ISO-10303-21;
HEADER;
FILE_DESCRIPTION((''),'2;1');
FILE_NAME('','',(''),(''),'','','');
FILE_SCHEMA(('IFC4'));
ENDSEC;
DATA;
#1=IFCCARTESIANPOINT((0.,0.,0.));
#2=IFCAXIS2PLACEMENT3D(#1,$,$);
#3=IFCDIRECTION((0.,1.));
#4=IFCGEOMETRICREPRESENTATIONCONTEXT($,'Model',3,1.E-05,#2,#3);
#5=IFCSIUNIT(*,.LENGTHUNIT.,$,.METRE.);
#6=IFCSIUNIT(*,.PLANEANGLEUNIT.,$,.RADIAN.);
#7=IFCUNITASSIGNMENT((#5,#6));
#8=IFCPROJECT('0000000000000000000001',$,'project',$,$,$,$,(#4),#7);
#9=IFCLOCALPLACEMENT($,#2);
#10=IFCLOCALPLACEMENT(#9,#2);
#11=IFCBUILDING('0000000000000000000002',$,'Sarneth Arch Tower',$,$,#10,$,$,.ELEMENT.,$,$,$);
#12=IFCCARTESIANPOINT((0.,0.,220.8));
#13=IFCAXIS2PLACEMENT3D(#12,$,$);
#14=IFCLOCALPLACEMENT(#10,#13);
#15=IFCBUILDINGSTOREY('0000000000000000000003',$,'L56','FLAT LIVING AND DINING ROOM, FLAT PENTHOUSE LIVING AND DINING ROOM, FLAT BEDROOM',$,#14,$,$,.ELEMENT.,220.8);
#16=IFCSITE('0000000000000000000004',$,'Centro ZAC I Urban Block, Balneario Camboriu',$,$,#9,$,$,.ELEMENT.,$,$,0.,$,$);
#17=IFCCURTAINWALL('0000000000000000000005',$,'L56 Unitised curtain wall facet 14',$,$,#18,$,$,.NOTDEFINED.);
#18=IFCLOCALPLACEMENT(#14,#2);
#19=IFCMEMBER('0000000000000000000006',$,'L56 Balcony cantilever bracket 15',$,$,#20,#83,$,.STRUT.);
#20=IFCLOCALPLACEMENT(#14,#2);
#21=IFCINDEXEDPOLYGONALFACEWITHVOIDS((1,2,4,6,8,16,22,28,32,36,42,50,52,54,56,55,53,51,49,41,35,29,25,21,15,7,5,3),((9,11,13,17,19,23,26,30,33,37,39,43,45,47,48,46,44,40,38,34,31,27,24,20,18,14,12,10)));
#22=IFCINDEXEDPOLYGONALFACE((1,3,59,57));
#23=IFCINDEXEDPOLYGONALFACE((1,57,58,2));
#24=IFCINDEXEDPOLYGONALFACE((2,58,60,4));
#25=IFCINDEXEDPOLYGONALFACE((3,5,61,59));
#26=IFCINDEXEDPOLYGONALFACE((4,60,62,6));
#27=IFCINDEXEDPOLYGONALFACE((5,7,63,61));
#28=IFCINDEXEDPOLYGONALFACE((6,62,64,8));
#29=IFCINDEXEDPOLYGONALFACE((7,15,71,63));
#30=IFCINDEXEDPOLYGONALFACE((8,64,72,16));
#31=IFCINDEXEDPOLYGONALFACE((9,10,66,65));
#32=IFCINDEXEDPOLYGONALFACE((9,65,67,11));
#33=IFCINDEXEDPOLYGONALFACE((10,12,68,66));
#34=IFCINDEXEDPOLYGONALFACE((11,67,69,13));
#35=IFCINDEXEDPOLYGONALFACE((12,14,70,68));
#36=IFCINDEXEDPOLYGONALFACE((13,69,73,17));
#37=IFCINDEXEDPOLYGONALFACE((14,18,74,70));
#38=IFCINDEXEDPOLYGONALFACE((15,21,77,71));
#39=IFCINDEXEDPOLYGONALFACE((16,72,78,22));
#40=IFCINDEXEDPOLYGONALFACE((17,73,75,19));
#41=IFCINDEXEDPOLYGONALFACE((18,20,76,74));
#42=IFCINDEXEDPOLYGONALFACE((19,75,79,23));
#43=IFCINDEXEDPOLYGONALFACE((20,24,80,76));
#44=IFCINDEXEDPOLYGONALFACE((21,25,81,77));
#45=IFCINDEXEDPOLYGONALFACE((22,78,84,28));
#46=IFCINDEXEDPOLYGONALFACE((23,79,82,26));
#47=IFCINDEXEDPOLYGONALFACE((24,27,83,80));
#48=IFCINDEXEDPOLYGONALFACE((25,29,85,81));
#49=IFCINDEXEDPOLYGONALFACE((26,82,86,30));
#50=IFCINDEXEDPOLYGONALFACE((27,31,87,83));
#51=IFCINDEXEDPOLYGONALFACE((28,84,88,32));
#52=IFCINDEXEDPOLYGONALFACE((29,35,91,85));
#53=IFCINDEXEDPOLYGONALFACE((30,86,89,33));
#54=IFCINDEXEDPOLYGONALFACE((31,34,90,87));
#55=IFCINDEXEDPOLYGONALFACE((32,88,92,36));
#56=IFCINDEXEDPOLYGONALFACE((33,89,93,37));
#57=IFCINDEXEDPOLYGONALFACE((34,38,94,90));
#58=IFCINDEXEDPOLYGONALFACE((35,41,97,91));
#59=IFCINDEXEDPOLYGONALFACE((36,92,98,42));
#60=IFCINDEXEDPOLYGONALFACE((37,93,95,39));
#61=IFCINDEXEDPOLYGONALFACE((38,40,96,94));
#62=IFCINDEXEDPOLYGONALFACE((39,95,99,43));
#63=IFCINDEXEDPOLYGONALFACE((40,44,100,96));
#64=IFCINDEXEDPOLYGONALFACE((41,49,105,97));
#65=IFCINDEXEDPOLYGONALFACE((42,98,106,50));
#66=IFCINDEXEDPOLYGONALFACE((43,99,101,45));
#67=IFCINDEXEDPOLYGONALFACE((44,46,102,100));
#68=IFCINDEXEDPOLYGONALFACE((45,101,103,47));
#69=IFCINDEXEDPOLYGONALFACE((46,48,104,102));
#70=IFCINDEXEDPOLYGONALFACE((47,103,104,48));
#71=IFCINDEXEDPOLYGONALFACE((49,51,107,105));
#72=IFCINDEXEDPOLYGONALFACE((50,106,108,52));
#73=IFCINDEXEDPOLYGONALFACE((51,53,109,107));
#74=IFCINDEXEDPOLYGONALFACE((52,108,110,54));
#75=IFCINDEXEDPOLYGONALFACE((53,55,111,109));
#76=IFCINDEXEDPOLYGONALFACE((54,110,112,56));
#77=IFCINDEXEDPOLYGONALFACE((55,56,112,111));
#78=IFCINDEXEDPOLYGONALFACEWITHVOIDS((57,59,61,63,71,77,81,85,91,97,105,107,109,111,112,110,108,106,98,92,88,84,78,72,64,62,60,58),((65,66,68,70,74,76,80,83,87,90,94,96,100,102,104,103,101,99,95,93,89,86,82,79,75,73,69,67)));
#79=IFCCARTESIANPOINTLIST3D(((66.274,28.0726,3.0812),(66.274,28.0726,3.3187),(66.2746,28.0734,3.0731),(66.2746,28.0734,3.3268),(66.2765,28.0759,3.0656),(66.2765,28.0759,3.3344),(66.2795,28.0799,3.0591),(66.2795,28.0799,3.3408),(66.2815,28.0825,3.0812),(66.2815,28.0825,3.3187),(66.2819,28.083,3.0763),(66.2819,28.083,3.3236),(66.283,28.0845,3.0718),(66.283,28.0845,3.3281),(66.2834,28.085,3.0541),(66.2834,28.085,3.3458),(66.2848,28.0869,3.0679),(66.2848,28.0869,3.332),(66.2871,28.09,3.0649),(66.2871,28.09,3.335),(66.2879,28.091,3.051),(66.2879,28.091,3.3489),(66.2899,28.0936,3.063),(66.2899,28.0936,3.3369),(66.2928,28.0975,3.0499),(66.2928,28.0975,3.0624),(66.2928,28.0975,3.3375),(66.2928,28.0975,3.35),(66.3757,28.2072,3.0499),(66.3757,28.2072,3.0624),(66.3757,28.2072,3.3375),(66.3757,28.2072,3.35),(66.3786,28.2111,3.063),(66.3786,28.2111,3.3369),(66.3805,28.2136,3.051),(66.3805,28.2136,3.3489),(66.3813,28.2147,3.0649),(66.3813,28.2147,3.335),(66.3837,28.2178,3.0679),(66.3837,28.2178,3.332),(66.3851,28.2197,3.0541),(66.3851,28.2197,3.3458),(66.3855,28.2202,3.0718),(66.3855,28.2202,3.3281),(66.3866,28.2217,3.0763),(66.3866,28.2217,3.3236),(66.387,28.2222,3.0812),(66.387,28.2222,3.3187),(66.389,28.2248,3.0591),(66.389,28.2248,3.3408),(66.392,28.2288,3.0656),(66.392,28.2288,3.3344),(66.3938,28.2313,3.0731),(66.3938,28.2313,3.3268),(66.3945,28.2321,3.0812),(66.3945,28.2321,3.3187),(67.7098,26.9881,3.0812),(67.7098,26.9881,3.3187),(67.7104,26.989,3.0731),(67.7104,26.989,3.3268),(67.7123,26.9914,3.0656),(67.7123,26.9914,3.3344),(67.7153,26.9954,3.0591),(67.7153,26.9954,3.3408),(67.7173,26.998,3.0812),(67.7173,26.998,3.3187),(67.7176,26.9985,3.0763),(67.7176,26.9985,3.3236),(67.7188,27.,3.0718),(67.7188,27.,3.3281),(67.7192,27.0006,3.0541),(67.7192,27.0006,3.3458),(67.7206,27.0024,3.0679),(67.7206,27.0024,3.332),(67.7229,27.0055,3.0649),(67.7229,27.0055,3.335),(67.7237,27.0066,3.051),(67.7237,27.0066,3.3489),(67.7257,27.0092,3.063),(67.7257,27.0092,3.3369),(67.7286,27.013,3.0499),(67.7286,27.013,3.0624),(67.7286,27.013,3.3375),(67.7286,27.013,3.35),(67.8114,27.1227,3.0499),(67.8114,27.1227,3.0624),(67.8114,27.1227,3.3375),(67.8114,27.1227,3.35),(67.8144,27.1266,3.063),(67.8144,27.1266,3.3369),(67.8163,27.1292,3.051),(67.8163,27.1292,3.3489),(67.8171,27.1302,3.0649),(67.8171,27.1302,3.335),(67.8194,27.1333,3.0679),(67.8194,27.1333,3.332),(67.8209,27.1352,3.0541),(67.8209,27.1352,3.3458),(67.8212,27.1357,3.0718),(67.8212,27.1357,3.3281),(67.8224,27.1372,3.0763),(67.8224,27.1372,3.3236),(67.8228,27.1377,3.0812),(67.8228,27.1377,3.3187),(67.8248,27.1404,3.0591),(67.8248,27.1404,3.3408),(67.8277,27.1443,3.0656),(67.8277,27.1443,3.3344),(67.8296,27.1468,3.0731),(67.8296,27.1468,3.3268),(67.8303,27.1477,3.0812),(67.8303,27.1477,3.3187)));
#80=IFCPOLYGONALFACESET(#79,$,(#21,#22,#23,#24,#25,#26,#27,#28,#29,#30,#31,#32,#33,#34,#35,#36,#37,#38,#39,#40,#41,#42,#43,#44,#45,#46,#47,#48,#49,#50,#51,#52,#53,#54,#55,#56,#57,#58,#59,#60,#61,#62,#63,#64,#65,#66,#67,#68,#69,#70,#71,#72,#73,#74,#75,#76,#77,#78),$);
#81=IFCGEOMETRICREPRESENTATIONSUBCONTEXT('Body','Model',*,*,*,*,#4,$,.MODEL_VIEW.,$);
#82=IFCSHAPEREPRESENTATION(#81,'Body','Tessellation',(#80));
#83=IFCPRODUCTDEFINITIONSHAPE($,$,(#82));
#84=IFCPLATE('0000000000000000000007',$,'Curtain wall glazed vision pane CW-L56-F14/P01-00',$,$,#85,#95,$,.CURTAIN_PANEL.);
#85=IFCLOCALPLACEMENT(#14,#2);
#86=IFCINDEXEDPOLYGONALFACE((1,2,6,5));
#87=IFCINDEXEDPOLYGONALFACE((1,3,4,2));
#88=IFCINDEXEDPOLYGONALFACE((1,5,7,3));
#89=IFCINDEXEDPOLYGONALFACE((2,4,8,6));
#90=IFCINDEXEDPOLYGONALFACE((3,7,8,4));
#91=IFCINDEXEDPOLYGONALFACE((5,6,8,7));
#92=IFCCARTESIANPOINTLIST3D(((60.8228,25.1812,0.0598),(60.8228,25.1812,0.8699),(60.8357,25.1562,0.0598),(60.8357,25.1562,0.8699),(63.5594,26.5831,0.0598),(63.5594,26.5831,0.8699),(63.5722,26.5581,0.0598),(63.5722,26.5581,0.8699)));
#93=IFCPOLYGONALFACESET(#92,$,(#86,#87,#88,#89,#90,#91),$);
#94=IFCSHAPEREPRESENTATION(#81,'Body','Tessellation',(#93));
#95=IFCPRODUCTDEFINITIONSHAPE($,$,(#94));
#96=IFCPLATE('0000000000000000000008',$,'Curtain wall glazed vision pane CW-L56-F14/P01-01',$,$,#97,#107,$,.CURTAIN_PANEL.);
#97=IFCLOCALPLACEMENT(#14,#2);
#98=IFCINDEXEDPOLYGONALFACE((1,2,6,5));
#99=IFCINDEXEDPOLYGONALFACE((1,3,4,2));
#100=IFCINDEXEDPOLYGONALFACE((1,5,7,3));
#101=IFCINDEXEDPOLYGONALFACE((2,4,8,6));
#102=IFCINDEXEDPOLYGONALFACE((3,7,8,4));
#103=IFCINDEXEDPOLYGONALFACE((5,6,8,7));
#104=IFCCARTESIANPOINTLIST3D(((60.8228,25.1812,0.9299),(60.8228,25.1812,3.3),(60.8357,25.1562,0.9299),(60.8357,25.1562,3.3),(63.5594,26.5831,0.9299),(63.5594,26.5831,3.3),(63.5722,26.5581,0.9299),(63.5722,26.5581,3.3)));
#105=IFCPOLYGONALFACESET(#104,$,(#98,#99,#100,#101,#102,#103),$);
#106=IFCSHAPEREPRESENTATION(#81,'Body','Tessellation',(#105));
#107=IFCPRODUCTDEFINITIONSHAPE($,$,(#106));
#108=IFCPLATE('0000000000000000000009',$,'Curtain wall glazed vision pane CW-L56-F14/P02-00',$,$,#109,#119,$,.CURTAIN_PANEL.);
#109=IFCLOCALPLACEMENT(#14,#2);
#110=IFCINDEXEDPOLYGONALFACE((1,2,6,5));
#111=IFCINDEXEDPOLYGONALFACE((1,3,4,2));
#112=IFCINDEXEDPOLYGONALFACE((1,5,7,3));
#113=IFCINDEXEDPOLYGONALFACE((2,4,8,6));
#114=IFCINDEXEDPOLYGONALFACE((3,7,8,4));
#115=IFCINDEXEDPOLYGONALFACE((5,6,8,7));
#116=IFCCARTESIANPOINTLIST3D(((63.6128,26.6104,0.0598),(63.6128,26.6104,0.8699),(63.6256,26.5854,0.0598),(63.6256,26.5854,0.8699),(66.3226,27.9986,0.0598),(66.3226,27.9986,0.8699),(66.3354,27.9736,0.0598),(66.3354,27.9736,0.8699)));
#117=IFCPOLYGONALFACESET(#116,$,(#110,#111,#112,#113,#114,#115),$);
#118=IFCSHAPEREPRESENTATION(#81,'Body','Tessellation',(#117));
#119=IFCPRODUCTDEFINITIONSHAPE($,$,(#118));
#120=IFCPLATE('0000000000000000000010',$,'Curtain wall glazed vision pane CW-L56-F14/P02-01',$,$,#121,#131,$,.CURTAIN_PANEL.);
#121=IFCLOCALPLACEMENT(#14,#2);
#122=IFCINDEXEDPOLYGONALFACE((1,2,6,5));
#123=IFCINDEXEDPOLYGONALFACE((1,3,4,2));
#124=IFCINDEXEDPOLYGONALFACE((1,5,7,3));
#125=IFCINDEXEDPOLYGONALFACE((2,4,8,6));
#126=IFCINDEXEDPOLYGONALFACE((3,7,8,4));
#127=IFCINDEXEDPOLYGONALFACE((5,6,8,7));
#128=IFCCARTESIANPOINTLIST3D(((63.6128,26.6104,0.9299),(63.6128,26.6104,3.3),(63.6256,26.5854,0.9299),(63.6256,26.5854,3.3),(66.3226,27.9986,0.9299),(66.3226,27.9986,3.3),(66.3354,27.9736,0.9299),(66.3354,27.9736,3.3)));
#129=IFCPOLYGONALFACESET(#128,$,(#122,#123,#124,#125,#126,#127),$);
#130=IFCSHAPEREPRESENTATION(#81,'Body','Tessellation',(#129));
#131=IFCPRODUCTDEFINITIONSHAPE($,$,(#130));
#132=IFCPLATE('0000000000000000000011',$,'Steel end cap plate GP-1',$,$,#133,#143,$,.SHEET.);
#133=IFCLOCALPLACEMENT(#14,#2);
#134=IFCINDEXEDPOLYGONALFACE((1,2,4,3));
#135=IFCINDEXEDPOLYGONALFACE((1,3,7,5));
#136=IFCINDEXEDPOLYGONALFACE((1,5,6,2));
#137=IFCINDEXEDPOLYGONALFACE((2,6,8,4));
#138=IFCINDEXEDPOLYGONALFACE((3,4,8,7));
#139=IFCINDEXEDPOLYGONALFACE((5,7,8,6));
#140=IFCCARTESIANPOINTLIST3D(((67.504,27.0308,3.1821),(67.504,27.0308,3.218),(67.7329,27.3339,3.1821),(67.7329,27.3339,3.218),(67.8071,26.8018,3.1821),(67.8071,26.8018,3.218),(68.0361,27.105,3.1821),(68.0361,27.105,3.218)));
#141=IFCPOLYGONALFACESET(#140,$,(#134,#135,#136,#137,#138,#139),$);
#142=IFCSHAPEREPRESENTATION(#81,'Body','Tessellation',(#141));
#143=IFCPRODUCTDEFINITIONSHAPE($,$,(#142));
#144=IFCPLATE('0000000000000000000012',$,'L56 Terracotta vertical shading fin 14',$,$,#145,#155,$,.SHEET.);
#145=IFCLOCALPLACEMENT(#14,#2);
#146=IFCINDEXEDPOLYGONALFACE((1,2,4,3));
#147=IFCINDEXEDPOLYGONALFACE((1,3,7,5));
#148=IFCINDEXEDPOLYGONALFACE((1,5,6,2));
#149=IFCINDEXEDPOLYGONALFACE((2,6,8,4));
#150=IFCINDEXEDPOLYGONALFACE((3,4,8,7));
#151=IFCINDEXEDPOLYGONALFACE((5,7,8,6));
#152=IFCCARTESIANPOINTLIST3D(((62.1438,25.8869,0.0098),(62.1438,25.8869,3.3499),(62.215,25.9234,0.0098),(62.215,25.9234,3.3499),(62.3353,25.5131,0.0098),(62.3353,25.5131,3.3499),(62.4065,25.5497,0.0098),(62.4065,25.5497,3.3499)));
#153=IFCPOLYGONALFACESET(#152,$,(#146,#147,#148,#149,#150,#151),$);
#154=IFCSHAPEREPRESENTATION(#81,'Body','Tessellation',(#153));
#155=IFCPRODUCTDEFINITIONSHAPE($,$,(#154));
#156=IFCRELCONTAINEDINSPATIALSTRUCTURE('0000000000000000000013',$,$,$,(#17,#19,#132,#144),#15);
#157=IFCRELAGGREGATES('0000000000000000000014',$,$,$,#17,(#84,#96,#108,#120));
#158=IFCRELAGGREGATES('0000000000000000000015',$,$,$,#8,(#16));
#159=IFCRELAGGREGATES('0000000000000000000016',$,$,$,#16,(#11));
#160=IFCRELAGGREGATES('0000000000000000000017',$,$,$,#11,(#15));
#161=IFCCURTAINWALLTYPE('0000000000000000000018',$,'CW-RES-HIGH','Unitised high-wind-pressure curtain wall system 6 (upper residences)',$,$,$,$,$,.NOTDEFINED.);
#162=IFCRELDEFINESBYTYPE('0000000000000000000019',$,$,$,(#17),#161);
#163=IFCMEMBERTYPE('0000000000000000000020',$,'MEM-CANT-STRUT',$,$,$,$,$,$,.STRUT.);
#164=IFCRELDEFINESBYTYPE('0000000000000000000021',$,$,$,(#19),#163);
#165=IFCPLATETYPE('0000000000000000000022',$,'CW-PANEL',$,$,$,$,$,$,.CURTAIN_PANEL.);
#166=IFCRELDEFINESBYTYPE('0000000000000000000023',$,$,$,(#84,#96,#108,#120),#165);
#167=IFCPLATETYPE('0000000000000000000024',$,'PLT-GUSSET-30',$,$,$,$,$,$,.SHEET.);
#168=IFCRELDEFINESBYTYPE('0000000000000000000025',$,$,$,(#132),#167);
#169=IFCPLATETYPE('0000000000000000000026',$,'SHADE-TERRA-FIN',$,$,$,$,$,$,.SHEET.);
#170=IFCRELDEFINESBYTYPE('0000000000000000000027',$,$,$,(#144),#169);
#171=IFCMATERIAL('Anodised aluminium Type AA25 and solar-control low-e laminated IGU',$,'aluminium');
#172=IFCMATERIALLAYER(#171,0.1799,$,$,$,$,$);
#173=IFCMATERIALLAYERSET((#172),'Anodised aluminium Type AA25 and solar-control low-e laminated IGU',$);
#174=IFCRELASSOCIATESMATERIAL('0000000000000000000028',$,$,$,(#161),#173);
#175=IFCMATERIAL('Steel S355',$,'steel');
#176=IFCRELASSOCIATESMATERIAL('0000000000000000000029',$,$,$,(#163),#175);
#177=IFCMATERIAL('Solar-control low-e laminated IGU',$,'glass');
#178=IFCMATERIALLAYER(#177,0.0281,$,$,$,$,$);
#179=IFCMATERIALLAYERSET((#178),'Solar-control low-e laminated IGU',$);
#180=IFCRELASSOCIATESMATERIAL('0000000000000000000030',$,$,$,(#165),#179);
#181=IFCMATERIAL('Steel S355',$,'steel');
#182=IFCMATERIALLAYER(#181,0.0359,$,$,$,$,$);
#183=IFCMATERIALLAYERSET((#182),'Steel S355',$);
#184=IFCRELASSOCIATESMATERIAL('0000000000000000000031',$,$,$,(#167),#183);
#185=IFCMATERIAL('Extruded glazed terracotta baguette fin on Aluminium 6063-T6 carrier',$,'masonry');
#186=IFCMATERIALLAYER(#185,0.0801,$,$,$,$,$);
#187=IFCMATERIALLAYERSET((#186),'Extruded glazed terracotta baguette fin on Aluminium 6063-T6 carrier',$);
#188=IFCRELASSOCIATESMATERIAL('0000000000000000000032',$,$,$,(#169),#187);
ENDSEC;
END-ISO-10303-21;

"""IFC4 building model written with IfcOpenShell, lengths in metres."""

from ifc_helpers import new_model, si_unit, direction, frame, origin, origin_2d, place, context, subcontext, project, spatial, rectangle, hollow_rectangle, extrude, material, layer, layer_set, material_profile, profile_set, type_object, element, aggregate, save


model = new_model("IFC4")

# Units and contexts
model_context = context("Model", 3, precision=1e-05, world=origin(), true_north=direction((0.0, 1.0)))
body_context = subcontext(model_context, "Body", "Model", "MODEL_VIEW")
ifc_project = project(units=[si_unit("LENGTHUNIT", "METRE"), si_unit("PLANEANGLEUNIT", "RADIAN")], contexts=[model_context])

# Site, building, storey
site_placement = place(None, origin())
site = spatial("IfcSite", under=ifc_project, at=site_placement, Name="Centro ZAC I Urban Block, Balneario Camboriu", CompositionType="ELEMENT", RefElevation=0.0)
building_placement = place(site_placement, origin())
building = spatial("IfcBuilding", under=site, at=building_placement, Name="Sarneth Arch Tower", CompositionType="ELEMENT")
storey_placement = place(building_placement, frame((0.0, 0.0, 220.8)))
storey = spatial("IfcBuildingStorey", under=building, at=storey_placement, Name="L56", Description="FLAT LIVING AND DINING ROOM, FLAT PENTHOUSE LIVING AND DINING ROOM, FLAT BEDROOM", CompositionType="ELEMENT", Elevation=220.8)

# Curtain wall
ifc_material_1 = material(Name="Anodised aluminium Type AA25 and solar-control low-e laminated IGU", Category="aluminium")
ifc_layer_1 = layer(ifc_material_1, 0.1799)
ifc_layer_set_1 = layer_set([ifc_layer_1], Name="Anodised aluminium Type AA25 and solar-control low-e laminated IGU")
curtain_wall_type = type_object("IfcCurtainWallType", Name="CW-RES-HIGH", Description="Unitised high-wind-pressure curtain wall system 6 (upper residences)", PredefinedType="NOTDEFINED", material=ifc_layer_set_1)
curtain_wall_placement = place(storey_placement, origin())
curtain_wall = element("IfcCurtainWall", 1, at=curtain_wall_placement, inside=storey, type_object=curtain_wall_type, Name="L56 Unitised curtain wall facet 14", PredefinedType="NOTDEFINED")

# Member
ifc_material_2 = material(Name="Steel S355", Category="steel")
ifc_material_profile_1 = material_profile(ifc_material_2, hollow_rectangle(XDim=0.2, YDim=0.3, WallThickness=0.0125, InnerFilletRadius=0.0188, OuterFilletRadius=0.0312, at=origin_2d()), Name="RHS300x200x12.5")
ifc_profile_set_1 = profile_set([ifc_material_profile_1], Name="Steel S355")
member_type_1 = type_object("IfcMemberType", Name="MEM-CANT-STRUT", PredefinedType="STRUT", material=ifc_profile_set_1)
member_1_placement = place(storey_placement, frame((66.3342, 28.1523, 3.2), z_axis=(0.79796, -0.60271, 0.0), x_axis=(0.60271, 0.79796, 0.0)))
element("IfcMember", 2, at=member_1_placement, inside=storey, type_object=member_type_1, Name="L56 Balcony cantilever bracket 15", PredefinedType="STRUT", context=body_context, shape_type="SweptSolid", body=[
    extrude(hollow_rectangle(XDim=0.2, YDim=0.3, WallThickness=0.0125, InnerFilletRadius=0.0188, OuterFilletRadius=0.0312, at=origin_2d()), origin(), (0.0, 0.0, 1.0), 1.7993),
])

# Plates
ifc_material_3 = material(Name="Solar-control low-e laminated IGU", Category="glass")
ifc_layer_2 = layer(ifc_material_3, 0.0281)
ifc_layer_set_2 = layer_set([ifc_layer_2], Name="Solar-control low-e laminated IGU")
plate_type_1 = type_object("IfcPlateType", Name="CW-PANEL", PredefinedType="CURTAIN_PANEL", material=ifc_layer_set_2)
plate_1_placement = place(storey_placement, frame((62.1975, 25.8696, 0.0598), z_axis=(0.0, 0.0, 1.0), x_axis=(0.89001, 0.455942, 0.0)))
plate_1 = element("IfcPlate", 3, at=plate_1_placement, type_object=plate_type_1, Name="Curtain wall glazed vision pane CW-L56-F14/P01-00", PredefinedType="CURTAIN_PANEL", context=body_context, shape_type="SweptSolid", body=[
    extrude(rectangle(XDim=3.0747, YDim=0.0281, at=origin_2d()), origin(), (0.0, 0.0, 1.0), 0.8101),
])
plate_2_placement = place(storey_placement, frame((62.1975, 25.8696, 0.9299), z_axis=(0.0, 0.0, 1.0), x_axis=(0.89001, 0.455942, 0.0)))
plate_2 = element("IfcPlate", 4, at=plate_2_placement, type_object=plate_type_1, Name="Curtain wall glazed vision pane CW-L56-F14/P01-01", PredefinedType="CURTAIN_PANEL", context=body_context, shape_type="SweptSolid", body=[
    extrude(rectangle(XDim=3.0747, YDim=0.0281, at=origin_2d()), origin(), (0.0, 0.0, 1.0), 2.3701),
])
plate_3_placement = place(storey_placement, frame((64.9741, 27.292, 0.0598), z_axis=(0.0, 0.0, 1.0), x_axis=(0.89001, 0.455942, 0.0)))
plate_3 = element("IfcPlate", 5, at=plate_3_placement, type_object=plate_type_1, Name="Curtain wall glazed vision pane CW-L56-F14/P02-00", PredefinedType="CURTAIN_PANEL", context=body_context, shape_type="SweptSolid", body=[
    extrude(rectangle(XDim=3.0447, YDim=0.0281, at=origin_2d()), origin(), (0.0, 0.0, 1.0), 0.8101),
])
plate_4_placement = place(storey_placement, frame((64.9741, 27.292, 0.9299), z_axis=(0.0, 0.0, 1.0), x_axis=(0.89001, 0.455942, 0.0)))
plate_4 = element("IfcPlate", 6, at=plate_4_placement, type_object=plate_type_1, Name="Curtain wall glazed vision pane CW-L56-F14/P02-01", PredefinedType="CURTAIN_PANEL", context=body_context, shape_type="SweptSolid", body=[
    extrude(rectangle(XDim=3.0447, YDim=0.0281, at=origin_2d()), origin(), (0.0, 0.0, 1.0), 2.3701),
])
aggregate(curtain_wall, [plate_1, plate_2, plate_3, plate_4])

# Plates
ifc_material_4 = material(Name="Steel S355", Category="steel")
ifc_layer_3 = layer(ifc_material_4, 0.0359)
ifc_layer_set_3 = layer_set([ifc_layer_3], Name="Steel S355")
plate_type_2 = type_object("IfcPlateType", Name="PLT-GUSSET-30", PredefinedType="SHEET", material=ifc_layer_set_3)
plate_5_placement = place(storey_placement, frame((67.77, 27.0679, 3.1821), z_axis=(0.0, 0.0, 1.0), x_axis=(0.798005, -0.602651, 0.0)))
element("IfcPlate", 7, at=plate_5_placement, inside=storey, type_object=plate_type_2, Name="Steel end cap plate GP-1", PredefinedType="SHEET", context=body_context, shape_type="SweptSolid", body=[
    extrude(rectangle(XDim=0.3799, YDim=0.3799, at=origin_2d()), origin(), (0.0, 0.0, 1.0), 0.0359),
])
ifc_material_5 = material(Name="Extruded glazed terracotta baguette fin on Aluminium 6063-T6 carrier", Category="masonry")
ifc_layer_4 = layer(ifc_material_5, 0.0801)
ifc_layer_set_4 = layer_set([ifc_layer_4], Name="Extruded glazed terracotta baguette fin on Aluminium 6063-T6 carrier")
plate_type_3 = type_object("IfcPlateType", Name="SHADE-TERRA-FIN", PredefinedType="SHEET", material=ifc_layer_set_4)
plate_6_placement = place(storey_placement, frame((62.2751, 25.7183, 0.0098), z_axis=(0.0, 0.0, 1.0), x_axis=(0.456011, -0.889974, 0.0)))
element("IfcPlate", 8, at=plate_6_placement, inside=storey, type_object=plate_type_3, Name="L56 Terracotta vertical shading fin 14", PredefinedType="SHEET", context=body_context, shape_type="SweptSolid", body=[
    extrude(rectangle(XDim=0.4199, YDim=0.0801, at=origin_2d()), origin(), (0.0, 0.0, 1.0), 3.3401),
])

save(model, "model.ifc")
